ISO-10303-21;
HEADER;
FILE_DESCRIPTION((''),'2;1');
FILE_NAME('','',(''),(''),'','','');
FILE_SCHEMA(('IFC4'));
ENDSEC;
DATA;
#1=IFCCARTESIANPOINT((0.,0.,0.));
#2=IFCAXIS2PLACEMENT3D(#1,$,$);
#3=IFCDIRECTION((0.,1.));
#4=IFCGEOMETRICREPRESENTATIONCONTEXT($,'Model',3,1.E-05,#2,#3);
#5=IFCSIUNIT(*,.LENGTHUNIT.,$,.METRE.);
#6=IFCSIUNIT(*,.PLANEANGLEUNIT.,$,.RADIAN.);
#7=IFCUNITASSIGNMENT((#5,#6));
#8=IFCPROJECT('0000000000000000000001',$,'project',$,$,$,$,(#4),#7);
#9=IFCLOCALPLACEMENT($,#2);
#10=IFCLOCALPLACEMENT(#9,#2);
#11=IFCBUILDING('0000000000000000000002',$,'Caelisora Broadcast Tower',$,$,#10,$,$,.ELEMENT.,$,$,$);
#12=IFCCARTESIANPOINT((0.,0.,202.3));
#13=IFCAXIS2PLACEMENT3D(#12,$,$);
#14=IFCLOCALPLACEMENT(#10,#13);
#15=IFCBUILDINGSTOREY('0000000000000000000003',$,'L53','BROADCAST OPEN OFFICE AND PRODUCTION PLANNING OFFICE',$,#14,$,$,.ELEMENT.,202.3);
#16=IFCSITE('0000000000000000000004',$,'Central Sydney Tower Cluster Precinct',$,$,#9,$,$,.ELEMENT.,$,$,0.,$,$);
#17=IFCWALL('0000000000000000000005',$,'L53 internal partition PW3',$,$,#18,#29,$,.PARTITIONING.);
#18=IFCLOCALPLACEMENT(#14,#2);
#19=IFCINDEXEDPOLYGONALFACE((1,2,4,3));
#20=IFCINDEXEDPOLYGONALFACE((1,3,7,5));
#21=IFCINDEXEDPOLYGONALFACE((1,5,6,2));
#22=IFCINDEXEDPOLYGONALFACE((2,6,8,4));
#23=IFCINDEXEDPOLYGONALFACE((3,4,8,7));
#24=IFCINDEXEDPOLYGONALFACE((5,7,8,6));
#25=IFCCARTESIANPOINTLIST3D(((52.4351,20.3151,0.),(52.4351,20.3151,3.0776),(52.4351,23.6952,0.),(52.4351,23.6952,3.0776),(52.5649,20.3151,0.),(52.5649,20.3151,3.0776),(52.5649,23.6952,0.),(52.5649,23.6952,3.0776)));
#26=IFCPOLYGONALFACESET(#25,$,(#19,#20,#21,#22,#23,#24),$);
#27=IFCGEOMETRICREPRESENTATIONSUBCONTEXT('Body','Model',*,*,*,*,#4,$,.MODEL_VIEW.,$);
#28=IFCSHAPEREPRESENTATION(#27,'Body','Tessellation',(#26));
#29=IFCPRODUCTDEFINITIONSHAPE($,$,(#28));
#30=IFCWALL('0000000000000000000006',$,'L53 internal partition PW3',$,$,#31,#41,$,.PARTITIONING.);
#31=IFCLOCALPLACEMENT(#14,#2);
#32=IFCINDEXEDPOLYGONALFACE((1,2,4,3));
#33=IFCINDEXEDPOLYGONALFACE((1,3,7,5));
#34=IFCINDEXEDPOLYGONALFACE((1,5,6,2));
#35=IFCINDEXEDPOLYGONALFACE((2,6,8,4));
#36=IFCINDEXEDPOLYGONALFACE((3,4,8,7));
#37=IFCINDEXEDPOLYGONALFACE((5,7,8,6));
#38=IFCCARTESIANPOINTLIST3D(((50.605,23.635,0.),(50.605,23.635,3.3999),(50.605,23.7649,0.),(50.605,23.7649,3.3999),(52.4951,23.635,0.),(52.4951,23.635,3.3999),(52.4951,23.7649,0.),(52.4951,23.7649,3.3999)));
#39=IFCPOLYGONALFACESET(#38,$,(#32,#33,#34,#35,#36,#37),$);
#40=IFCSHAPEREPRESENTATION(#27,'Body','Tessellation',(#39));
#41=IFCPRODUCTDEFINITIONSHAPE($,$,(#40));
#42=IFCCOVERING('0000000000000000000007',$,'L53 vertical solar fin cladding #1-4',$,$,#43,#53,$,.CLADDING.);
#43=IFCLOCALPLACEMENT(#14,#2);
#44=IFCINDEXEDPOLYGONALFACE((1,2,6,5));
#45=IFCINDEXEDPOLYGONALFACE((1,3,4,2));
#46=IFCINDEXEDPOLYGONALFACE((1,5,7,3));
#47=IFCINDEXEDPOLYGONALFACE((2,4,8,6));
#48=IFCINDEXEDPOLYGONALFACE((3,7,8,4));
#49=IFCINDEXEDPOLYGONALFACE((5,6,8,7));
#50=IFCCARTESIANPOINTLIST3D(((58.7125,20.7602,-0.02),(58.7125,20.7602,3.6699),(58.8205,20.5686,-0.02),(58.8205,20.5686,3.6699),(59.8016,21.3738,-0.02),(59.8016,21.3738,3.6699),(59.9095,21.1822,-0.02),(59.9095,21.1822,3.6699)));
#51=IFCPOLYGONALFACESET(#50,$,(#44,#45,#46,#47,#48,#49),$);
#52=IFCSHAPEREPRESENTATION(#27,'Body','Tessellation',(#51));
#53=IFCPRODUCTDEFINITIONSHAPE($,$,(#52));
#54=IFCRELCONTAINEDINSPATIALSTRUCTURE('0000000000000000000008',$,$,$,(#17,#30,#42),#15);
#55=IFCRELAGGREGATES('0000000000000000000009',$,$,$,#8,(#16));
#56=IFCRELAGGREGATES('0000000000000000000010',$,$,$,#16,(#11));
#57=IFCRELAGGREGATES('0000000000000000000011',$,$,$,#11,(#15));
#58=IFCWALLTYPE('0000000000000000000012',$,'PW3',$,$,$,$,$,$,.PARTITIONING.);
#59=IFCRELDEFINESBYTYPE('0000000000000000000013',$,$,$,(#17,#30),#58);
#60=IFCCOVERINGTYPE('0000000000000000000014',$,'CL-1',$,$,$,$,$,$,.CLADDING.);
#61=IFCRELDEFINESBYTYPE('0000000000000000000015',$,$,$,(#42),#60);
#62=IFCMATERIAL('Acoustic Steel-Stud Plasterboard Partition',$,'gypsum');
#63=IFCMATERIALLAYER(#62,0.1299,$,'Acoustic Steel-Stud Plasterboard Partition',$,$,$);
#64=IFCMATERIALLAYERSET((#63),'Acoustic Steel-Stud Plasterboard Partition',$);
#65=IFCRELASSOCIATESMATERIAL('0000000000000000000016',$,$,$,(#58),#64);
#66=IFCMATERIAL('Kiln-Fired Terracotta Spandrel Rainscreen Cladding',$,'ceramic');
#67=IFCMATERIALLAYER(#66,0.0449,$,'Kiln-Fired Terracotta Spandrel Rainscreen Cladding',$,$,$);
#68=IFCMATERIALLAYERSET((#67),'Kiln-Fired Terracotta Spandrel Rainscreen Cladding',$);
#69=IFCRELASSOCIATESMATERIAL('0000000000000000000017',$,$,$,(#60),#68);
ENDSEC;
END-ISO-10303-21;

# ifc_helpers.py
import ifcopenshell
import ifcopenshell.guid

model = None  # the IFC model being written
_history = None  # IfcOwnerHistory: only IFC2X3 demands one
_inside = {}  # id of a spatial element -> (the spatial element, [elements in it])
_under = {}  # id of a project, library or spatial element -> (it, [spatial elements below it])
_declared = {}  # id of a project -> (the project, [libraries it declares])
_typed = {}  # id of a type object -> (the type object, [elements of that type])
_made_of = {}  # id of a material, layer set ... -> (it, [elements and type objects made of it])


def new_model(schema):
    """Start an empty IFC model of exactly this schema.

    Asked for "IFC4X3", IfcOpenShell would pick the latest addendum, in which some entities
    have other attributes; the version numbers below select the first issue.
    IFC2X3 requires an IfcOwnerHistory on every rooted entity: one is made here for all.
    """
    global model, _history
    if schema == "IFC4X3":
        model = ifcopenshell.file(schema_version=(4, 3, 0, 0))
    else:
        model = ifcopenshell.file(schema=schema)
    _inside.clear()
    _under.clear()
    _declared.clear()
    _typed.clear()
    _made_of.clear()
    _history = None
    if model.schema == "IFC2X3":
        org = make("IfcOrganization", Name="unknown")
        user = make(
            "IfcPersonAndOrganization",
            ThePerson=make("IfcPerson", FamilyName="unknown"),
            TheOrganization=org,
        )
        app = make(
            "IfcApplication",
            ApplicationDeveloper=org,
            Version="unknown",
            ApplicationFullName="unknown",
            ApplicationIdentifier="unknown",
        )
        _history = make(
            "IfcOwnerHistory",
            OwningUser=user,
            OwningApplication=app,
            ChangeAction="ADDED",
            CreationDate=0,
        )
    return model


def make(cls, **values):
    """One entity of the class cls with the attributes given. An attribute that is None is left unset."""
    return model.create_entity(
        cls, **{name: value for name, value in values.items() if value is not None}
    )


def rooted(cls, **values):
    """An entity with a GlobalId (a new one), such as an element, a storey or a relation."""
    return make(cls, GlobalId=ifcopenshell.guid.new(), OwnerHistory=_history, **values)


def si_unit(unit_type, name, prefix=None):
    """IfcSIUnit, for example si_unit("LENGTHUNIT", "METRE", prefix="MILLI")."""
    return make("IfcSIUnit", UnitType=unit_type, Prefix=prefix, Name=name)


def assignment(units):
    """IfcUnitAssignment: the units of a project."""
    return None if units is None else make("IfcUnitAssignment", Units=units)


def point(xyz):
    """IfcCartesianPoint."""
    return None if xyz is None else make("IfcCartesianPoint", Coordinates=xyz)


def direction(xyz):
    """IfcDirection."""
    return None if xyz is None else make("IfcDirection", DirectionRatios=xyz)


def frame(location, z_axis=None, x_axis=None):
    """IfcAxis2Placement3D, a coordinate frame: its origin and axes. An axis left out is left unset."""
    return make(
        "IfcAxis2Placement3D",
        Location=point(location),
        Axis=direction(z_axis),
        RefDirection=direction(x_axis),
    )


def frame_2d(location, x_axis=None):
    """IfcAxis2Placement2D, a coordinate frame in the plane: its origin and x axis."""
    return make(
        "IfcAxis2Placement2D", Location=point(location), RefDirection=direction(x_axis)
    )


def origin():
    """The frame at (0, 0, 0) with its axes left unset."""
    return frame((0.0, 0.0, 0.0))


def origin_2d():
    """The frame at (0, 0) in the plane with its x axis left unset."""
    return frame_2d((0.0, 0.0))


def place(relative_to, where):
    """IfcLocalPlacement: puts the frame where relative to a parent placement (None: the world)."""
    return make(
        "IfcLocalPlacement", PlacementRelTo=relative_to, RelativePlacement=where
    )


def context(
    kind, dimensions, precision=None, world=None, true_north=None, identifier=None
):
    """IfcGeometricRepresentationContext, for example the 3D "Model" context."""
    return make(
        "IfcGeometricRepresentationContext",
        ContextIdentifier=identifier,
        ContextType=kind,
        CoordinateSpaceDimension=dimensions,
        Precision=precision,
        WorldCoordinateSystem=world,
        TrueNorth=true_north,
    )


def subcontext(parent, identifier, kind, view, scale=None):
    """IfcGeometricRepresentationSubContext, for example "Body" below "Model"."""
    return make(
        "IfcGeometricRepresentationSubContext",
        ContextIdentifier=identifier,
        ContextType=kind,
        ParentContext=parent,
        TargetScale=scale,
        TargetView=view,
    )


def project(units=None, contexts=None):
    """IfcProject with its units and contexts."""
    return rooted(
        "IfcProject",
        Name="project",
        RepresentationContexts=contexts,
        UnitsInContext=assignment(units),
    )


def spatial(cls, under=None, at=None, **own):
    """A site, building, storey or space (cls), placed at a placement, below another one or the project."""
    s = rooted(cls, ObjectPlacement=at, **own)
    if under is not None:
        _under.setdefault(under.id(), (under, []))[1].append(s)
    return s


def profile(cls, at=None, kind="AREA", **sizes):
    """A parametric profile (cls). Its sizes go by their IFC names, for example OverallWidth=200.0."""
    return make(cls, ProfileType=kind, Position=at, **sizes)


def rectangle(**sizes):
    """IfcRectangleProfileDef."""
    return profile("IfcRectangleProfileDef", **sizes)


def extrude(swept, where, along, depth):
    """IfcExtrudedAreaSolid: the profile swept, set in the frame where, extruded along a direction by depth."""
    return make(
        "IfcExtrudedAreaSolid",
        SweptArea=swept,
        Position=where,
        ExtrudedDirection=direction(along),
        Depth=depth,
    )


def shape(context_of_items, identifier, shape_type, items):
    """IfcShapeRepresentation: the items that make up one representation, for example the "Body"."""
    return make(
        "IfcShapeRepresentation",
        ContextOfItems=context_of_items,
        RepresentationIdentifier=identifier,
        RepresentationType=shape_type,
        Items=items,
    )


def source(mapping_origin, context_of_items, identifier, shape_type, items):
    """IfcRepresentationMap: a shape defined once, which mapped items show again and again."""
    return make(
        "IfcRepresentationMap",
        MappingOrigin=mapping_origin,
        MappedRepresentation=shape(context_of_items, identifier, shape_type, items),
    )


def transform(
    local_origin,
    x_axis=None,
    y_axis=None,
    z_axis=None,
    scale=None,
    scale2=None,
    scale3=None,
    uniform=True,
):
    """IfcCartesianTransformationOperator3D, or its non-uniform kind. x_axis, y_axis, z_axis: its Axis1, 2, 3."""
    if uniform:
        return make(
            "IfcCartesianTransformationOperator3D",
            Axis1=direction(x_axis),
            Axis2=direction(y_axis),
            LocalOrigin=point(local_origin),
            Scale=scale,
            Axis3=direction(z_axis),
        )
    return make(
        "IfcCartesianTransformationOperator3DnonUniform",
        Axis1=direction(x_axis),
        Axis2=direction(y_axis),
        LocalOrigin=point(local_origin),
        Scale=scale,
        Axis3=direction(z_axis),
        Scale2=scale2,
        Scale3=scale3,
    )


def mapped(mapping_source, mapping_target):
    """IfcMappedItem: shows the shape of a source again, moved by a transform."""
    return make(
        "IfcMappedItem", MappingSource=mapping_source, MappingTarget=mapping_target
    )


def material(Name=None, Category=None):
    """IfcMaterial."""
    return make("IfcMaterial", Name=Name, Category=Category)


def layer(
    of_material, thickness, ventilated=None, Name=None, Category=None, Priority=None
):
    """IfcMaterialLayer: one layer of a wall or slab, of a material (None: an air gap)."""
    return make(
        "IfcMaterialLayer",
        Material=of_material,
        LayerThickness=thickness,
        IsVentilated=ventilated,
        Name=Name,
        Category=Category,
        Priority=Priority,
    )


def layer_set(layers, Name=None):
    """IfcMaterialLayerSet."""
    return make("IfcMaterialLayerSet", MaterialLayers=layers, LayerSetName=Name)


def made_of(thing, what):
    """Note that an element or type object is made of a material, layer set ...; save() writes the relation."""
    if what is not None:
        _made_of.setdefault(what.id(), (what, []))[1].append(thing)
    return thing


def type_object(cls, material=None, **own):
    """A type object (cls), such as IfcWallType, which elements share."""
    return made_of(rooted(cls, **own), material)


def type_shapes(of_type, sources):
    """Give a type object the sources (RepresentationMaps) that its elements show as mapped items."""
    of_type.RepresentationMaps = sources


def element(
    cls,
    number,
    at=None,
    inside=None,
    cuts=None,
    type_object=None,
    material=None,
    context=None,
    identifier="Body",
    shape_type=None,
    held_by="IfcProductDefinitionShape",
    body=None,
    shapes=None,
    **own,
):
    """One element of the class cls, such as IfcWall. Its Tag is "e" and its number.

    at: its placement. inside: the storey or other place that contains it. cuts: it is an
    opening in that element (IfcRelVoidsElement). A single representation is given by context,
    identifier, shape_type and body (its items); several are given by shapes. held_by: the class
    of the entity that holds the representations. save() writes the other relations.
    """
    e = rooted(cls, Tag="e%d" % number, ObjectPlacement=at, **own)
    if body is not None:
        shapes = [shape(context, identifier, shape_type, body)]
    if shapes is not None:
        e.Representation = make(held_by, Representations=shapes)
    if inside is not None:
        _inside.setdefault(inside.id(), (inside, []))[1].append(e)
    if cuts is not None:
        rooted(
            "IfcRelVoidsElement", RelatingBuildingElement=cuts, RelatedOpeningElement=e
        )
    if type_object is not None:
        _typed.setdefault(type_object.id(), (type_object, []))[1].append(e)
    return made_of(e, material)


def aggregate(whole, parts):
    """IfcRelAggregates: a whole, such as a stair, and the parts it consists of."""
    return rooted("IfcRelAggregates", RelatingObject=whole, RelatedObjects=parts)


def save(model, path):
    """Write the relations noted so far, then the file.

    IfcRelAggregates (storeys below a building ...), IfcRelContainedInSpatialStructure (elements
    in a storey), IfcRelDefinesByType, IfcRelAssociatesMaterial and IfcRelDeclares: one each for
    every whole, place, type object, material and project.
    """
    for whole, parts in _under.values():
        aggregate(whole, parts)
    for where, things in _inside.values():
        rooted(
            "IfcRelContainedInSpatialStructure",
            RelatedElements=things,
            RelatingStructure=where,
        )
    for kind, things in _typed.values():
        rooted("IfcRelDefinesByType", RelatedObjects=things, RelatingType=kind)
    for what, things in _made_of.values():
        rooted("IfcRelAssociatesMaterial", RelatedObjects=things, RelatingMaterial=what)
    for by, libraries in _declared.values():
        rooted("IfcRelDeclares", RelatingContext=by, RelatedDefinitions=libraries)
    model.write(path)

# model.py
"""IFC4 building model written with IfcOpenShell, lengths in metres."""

from ifc_helpers import new_model, si_unit, direction, frame, frame_2d, origin, origin_2d, place, context, subcontext, project, spatial, rectangle, extrude, source, transform, mapped, material, layer, layer_set, type_object, type_shapes, element, save


model = new_model("IFC4")

# Units and contexts
model_context = context("Model", 3, precision=1e-05, world=origin(), true_north=direction((0.0, 1.0)))
body_context = subcontext(model_context, "Body", "Model", "MODEL_VIEW")
ifc_project = project(units=[si_unit("LENGTHUNIT", "METRE"), si_unit("PLANEANGLEUNIT", "RADIAN")], contexts=[model_context])

# Site, building, storey
site_placement = place(None, origin())
site = spatial("IfcSite", under=ifc_project, at=site_placement, Name="Central Sydney Tower Cluster Precinct", CompositionType="ELEMENT", RefElevation=0.0)
building_placement = place(site_placement, origin())
building = spatial("IfcBuilding", under=site, at=building_placement, Name="Caelisora Broadcast Tower", CompositionType="ELEMENT")
storey_placement = place(building_placement, frame((0.0, 0.0, 202.3)))
storey = spatial("IfcBuildingStorey", under=building, at=storey_placement, Name="L53", Description="BROADCAST OPEN OFFICE AND PRODUCTION PLANNING OFFICE", CompositionType="ELEMENT", Elevation=202.3)

# Wall
ifc_material_1 = material(Name="Acoustic Steel-Stud Plasterboard Partition", Category="gypsum")
ifc_layer_1 = layer(ifc_material_1, 0.1299, Name="Acoustic Steel-Stud Plasterboard Partition")
ifc_layer_set_1 = layer_set([ifc_layer_1], Name="Acoustic Steel-Stud Plasterboard Partition")
wall_type_1 = type_object("IfcWallType", Name="PW3", PredefinedType="PARTITIONING", material=ifc_layer_set_1)
wall_1_placement = place(storey_placement, frame((52.5, 23.6951, 0.0), z_axis=(0.0, 0.0, 1.0), x_axis=(0.0, -1.0, 0.0)))
element("IfcWall", 1, at=wall_1_placement, inside=storey, type_object=wall_type_1, Name="L53 internal partition PW3", PredefinedType="PARTITIONING", context=body_context, shape_type="SweptSolid", body=[
    extrude(rectangle(XDim=3.3801, YDim=0.1299, at=frame_2d((1.6899, 0.0))), origin(), (0.0, 0.0, 1.0), 3.0776),
])

# Wall
wall_2_placement = place(storey_placement, frame((50.605, 23.7, 0.0), z_axis=(0.0, 0.0, 1.0), x_axis=(1.0, 0.0, 0.0)))
element("IfcWall", 2, at=wall_2_placement, inside=storey, type_object=wall_type_1, Name="L53 internal partition PW3", PredefinedType="PARTITIONING", context=body_context, shape_type="SweptSolid", body=[
    extrude(rectangle(XDim=1.8901, YDim=0.1299, at=frame_2d((0.9451, 0.0))), origin(), (0.0, 0.0, 1.0), 3.3999),
])

# Covering
ifc_material_2 = material(Name="Kiln-Fired Terracotta Spandrel Rainscreen Cladding", Category="ceramic")
ifc_layer_2 = layer(ifc_material_2, 0.0449, Name="Kiln-Fired Terracotta Spandrel Rainscreen Cladding")
ifc_layer_set_2 = layer_set([ifc_layer_2], Name="Kiln-Fired Terracotta Spandrel Rainscreen Cladding")
covering_type = type_object("IfcCoveringType", Name="CL-1", PredefinedType="CLADDING", material=ifc_layer_set_2)
shared_shape_1 = source(origin(), body_context, "Body", "SweptSolid", [
    extrude(rectangle(XDim=0.22, YDim=1.25, at=origin_2d()), origin(), (0.0, 0.0, 1.0), 3.6899),
])
type_shapes(covering_type, [shared_shape_1])
covering_placement = place(storey_placement, frame((59.311, 20.9712, -0.02), z_axis=(0.0, 0.0, 1.0), x_axis=(0.490904, -0.871214, 0.0)))
element("IfcCovering", 3, at=covering_placement, inside=storey, type_object=covering_type, Name="L53 vertical solar fin cladding #1-4", PredefinedType="CLADDING", context=body_context, shape_type="MappedRepresentation", body=[
    mapped(shared_shape_1, transform((0.0, 0.0, 0.0), scale=1.0)),
])

save(model, "model.ifc")
